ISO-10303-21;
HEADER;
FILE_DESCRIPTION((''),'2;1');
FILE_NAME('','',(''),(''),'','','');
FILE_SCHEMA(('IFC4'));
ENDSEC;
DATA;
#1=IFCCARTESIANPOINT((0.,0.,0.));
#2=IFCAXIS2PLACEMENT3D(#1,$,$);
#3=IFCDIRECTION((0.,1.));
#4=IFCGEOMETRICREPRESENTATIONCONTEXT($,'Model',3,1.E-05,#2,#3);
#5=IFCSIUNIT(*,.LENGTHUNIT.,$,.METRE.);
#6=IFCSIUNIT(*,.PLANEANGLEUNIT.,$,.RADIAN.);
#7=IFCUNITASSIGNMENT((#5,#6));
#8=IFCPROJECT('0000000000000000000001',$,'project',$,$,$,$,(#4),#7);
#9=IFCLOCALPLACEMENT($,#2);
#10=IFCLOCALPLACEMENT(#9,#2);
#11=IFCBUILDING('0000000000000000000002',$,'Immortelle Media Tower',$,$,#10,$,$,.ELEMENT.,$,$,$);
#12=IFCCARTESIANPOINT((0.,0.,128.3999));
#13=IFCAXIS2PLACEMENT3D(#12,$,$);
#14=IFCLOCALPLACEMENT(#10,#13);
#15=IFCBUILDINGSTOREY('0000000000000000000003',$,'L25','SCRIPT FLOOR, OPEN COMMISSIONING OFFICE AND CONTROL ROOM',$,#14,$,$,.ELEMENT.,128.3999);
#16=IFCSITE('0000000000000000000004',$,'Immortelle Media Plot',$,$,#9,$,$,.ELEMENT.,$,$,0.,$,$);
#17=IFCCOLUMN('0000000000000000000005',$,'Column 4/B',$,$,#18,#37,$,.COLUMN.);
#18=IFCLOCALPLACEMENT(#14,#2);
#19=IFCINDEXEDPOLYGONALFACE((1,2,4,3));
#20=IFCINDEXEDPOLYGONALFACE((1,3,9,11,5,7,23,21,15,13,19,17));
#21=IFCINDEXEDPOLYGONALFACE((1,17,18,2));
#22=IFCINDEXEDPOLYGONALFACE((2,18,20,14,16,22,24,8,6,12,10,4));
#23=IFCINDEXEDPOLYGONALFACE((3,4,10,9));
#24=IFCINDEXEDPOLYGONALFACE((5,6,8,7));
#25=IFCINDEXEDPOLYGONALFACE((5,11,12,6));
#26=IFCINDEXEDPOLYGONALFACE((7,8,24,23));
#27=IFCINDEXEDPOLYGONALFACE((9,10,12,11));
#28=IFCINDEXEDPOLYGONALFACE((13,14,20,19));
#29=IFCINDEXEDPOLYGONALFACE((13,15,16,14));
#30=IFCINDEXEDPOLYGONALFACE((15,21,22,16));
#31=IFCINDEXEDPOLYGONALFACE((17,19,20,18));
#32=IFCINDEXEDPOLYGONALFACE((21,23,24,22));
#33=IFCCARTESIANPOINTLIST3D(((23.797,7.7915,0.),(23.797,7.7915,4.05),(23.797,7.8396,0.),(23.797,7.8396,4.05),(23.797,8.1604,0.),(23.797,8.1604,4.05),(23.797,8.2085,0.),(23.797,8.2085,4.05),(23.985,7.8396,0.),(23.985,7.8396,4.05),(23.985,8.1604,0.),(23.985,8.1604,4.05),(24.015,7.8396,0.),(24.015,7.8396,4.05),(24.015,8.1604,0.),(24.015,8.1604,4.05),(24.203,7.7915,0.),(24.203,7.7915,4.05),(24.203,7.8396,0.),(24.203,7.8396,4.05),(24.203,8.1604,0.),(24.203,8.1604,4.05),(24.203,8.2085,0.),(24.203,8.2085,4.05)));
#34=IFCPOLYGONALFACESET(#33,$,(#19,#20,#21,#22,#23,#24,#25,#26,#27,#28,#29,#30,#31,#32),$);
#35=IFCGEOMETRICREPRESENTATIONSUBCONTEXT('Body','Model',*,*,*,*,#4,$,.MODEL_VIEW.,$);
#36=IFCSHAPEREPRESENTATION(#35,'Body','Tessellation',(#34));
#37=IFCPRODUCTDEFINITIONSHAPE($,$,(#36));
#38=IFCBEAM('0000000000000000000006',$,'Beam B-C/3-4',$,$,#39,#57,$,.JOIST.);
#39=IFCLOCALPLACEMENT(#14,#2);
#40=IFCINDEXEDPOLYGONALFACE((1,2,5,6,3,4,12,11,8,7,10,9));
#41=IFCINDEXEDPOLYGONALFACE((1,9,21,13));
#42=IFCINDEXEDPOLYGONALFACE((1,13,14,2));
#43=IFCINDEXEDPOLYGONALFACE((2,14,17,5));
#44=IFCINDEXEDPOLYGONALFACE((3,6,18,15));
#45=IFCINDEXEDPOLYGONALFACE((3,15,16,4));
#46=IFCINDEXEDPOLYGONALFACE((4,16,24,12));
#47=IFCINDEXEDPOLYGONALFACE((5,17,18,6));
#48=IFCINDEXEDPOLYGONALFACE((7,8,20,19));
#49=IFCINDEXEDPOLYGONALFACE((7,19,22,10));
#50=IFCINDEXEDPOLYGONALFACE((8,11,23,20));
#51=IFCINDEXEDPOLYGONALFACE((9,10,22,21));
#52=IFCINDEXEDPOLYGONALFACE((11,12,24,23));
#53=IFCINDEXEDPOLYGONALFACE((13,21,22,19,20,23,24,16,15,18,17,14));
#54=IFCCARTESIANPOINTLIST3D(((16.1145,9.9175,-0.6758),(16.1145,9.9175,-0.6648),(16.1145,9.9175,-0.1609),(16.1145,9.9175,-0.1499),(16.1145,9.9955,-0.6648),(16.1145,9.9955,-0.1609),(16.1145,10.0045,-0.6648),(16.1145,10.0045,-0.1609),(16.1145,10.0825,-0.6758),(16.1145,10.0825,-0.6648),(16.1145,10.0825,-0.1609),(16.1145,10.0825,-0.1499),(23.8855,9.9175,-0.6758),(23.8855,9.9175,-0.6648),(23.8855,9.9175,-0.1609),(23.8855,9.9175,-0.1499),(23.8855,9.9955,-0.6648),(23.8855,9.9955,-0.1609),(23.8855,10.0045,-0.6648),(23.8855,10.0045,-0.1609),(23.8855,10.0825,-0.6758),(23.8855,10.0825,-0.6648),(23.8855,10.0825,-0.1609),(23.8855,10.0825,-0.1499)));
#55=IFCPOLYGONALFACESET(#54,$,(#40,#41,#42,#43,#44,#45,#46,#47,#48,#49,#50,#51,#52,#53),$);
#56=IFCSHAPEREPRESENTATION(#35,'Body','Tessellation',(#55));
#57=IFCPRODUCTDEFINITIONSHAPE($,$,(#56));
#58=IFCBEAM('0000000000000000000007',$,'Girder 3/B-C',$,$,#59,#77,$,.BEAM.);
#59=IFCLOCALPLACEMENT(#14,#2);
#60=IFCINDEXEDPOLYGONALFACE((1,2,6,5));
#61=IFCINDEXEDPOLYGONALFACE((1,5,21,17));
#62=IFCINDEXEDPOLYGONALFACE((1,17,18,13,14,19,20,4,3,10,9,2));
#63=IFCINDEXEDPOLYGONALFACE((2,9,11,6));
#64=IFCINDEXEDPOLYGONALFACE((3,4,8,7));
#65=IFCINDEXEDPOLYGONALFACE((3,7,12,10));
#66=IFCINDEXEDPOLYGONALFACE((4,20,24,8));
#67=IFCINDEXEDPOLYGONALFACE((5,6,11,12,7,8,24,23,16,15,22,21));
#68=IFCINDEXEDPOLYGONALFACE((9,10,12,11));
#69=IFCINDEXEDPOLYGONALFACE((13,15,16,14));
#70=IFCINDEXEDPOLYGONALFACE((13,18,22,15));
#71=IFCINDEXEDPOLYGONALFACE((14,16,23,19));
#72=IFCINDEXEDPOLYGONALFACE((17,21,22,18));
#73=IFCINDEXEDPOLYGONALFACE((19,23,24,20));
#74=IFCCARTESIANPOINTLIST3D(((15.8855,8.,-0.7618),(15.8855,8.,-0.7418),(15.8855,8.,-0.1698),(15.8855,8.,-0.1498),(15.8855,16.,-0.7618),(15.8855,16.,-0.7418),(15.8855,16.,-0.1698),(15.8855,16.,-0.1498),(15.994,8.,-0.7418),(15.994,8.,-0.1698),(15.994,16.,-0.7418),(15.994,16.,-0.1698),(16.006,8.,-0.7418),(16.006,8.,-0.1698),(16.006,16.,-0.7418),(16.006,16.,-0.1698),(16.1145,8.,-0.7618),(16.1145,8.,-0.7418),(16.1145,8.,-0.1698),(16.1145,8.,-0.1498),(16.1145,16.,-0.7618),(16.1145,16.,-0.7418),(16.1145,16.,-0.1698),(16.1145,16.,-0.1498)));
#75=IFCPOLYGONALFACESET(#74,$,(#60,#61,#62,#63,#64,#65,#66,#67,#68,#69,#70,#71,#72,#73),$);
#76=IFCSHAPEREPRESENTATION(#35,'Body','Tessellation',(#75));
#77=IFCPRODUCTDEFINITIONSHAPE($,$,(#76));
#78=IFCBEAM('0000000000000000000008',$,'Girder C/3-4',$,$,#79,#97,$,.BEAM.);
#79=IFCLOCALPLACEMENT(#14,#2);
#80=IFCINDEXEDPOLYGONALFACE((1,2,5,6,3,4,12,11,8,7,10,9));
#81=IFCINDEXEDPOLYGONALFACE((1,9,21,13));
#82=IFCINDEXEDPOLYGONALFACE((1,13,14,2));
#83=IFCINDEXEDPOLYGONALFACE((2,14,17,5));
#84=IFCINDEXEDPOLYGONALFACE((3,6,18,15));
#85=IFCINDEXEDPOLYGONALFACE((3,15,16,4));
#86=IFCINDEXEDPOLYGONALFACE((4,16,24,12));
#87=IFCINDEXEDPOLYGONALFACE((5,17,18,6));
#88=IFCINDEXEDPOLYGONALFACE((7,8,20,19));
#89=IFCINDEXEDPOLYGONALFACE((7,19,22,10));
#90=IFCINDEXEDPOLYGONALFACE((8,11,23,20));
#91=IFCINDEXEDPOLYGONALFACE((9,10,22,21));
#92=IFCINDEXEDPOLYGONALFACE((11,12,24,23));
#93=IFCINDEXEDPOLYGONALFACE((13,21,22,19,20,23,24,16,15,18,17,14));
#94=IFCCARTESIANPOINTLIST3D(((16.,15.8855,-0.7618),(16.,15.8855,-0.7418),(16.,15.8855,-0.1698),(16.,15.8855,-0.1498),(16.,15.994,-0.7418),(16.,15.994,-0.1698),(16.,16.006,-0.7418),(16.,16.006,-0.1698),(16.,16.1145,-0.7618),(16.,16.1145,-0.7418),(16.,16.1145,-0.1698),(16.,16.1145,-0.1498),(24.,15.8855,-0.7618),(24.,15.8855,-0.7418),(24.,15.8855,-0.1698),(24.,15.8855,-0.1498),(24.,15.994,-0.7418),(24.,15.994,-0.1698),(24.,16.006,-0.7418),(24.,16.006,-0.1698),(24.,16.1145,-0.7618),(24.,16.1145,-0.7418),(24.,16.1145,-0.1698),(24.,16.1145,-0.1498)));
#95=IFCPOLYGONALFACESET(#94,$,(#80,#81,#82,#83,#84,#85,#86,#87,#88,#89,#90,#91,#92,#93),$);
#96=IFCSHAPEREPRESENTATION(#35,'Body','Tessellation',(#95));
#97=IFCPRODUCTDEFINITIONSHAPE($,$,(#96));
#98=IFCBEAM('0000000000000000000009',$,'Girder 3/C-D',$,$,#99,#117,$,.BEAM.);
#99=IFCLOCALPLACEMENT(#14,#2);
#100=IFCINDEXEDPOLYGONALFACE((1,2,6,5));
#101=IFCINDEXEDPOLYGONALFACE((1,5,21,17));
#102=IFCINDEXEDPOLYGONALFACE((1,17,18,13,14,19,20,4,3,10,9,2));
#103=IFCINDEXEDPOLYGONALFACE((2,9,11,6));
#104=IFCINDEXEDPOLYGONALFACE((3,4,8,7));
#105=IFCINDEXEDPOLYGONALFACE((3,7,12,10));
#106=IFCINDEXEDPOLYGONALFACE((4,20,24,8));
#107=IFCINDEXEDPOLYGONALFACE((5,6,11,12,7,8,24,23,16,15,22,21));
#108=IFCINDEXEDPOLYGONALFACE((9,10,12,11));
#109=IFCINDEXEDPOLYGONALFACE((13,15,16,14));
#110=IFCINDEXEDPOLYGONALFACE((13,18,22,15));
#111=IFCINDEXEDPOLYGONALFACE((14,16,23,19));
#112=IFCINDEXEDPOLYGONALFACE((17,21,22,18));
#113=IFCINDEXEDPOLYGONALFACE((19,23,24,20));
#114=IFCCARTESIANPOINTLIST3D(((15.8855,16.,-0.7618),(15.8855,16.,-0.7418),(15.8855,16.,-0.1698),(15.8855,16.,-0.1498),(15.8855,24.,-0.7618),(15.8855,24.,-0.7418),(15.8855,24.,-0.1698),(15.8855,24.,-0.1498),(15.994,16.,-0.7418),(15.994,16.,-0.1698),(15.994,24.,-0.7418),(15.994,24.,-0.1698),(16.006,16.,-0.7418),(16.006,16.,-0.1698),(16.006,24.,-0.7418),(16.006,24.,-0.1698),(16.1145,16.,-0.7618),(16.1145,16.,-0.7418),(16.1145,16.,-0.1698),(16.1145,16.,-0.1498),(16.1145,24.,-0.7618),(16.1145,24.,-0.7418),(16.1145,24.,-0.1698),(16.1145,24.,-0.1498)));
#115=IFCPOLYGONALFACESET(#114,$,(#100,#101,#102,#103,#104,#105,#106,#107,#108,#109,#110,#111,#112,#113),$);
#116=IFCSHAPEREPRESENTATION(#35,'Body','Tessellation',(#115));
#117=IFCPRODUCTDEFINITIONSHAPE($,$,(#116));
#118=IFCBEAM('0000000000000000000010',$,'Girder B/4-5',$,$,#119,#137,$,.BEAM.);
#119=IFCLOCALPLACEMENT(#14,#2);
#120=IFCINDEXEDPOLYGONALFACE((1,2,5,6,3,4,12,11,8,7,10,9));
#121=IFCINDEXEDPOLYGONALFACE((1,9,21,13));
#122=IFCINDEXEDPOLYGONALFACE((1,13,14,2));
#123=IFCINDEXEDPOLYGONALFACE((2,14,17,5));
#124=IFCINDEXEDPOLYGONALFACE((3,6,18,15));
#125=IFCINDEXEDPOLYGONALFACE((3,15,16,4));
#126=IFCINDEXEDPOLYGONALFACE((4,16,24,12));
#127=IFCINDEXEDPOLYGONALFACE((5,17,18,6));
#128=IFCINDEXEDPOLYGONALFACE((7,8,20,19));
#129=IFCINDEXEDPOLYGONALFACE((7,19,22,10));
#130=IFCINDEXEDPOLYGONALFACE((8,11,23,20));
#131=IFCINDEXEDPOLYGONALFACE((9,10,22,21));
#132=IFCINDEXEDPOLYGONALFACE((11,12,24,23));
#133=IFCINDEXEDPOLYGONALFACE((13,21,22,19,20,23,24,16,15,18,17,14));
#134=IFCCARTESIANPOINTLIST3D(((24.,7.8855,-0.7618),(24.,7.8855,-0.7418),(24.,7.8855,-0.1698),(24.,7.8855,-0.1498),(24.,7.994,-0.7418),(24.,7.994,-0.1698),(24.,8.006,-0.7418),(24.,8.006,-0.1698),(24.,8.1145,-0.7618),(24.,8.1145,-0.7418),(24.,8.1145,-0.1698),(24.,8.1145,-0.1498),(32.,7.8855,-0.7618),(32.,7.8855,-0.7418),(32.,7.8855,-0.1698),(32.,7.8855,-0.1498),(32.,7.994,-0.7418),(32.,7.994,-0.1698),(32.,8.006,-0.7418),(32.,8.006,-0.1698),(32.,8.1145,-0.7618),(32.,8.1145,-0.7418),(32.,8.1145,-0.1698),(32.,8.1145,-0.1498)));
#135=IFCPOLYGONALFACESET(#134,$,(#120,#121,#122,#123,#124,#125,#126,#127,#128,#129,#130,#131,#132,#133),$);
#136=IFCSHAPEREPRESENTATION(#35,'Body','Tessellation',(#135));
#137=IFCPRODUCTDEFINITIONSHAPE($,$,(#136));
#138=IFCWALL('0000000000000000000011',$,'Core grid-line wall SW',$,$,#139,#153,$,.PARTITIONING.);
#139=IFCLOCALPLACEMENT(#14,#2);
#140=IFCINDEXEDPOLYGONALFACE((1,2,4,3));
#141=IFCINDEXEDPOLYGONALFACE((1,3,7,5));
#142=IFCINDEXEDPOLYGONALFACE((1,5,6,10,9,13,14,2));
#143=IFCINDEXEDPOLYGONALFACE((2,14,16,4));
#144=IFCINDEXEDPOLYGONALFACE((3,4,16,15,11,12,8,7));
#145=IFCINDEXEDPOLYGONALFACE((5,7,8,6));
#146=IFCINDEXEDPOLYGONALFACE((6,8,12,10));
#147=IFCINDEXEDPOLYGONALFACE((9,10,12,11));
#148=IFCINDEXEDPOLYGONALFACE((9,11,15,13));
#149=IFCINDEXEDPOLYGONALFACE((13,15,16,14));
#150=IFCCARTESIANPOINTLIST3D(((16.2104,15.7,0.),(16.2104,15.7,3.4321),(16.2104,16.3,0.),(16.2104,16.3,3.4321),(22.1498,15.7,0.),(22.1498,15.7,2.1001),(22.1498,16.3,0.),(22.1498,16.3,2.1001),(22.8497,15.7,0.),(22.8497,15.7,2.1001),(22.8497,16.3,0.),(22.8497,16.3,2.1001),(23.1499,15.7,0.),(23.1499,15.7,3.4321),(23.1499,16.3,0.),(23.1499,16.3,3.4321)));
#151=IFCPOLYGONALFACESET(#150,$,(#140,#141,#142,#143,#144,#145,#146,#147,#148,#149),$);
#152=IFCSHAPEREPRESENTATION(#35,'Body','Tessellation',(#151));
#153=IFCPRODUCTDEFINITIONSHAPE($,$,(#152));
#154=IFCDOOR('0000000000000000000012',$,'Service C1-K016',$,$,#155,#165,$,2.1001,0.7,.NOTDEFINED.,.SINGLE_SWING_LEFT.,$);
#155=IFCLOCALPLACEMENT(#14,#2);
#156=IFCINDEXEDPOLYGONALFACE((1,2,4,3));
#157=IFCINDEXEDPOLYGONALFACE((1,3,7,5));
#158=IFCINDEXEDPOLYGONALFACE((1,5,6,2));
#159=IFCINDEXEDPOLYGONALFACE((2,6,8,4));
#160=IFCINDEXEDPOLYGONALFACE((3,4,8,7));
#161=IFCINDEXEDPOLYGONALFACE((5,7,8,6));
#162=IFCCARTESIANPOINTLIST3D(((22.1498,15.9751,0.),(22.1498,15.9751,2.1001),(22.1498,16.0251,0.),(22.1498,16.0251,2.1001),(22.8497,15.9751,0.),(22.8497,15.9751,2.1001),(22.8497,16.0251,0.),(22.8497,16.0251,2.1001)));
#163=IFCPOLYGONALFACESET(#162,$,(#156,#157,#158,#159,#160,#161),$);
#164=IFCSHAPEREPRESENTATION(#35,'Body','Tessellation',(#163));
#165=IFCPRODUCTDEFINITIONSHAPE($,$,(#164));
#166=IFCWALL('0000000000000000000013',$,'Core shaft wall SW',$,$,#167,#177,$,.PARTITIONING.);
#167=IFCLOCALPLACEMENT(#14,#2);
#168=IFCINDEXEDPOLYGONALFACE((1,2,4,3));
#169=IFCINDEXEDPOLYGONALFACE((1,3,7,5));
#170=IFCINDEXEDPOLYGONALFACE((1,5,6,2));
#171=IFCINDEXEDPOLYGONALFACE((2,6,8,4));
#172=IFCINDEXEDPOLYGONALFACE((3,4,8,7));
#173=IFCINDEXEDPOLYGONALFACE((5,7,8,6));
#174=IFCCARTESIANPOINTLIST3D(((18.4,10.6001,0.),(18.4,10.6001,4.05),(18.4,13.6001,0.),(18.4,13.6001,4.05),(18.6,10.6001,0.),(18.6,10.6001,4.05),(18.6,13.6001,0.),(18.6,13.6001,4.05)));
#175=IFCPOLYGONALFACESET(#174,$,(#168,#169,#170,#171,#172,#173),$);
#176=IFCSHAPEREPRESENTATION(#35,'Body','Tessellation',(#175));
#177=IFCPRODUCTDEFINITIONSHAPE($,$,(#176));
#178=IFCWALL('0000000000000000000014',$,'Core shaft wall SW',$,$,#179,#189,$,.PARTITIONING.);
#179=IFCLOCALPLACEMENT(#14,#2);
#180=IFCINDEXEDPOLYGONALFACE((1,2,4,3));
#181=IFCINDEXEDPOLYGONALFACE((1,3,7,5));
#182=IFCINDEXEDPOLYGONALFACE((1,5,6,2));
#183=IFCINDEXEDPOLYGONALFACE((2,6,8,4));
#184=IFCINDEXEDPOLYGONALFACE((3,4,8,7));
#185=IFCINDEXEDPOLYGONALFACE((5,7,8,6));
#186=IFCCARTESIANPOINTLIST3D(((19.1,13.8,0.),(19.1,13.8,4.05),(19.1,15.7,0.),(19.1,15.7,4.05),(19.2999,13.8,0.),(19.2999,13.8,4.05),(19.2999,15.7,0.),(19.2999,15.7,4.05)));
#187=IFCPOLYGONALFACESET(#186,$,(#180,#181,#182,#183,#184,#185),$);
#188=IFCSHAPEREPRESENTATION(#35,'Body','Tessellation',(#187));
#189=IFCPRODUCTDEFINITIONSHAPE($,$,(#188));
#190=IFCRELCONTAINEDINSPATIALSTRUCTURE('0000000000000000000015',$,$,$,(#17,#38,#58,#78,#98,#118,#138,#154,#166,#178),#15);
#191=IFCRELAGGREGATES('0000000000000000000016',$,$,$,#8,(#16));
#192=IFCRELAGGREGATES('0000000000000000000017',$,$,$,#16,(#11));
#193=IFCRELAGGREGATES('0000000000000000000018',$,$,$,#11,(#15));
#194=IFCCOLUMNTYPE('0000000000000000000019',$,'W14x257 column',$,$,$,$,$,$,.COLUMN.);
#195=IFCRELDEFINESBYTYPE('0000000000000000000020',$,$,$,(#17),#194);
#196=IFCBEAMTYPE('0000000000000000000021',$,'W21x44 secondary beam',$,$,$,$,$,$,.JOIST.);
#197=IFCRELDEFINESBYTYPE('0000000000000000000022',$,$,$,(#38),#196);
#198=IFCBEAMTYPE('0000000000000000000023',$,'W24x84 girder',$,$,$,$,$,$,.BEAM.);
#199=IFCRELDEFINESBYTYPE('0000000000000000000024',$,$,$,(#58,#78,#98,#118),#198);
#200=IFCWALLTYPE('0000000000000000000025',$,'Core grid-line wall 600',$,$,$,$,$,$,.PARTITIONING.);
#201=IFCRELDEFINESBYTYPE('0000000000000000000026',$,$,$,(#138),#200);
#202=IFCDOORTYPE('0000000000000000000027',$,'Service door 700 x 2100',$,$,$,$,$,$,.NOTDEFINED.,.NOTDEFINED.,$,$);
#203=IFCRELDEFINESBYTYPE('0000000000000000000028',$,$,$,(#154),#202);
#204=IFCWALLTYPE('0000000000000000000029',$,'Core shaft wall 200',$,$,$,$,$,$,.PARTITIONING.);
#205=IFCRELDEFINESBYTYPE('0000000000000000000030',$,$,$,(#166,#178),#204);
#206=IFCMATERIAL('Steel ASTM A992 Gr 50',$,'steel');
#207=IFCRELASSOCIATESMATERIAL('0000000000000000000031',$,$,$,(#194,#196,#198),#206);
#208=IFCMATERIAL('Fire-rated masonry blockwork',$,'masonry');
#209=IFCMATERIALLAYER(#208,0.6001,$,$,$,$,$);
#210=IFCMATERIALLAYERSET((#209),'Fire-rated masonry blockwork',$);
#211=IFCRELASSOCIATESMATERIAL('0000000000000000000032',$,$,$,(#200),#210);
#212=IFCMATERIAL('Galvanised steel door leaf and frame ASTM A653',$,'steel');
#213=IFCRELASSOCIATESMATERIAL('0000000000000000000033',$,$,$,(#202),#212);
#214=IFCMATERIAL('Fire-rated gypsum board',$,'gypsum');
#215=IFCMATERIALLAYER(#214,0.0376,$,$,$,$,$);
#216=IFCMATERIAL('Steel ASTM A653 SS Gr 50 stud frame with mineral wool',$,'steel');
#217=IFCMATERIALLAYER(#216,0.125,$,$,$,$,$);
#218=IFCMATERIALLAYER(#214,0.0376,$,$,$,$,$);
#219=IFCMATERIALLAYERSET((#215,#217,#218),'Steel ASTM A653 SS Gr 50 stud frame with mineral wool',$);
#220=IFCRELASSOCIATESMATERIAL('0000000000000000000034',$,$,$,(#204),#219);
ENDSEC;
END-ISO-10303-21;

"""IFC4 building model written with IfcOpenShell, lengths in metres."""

from ifc_helpers import new_model, si_unit, direction, frame, frame_2d, origin, origin_2d, place, context, subcontext, project, spatial, rectangle, i_section, extrude, material, layer, layer_set, material_profile, profile_set, type_object, element, fill, save


model = new_model("IFC4")

# Units and contexts
model_context = context("Model", 3, precision=1e-05, world=origin(), true_north=direction((0.0, 1.0)))
body_context = subcontext(model_context, "Body", "Model", "MODEL_VIEW")
ifc_project = project(units=[si_unit("LENGTHUNIT", "METRE"), si_unit("PLANEANGLEUNIT", "RADIAN")], contexts=[model_context])

# Site, building, storey
site_placement = place(None, origin())
site = spatial("IfcSite", under=ifc_project, at=site_placement, Name="Immortelle Media Plot", CompositionType="ELEMENT", RefElevation=0.0)
building_placement = place(site_placement, origin())
building = spatial("IfcBuilding", under=site, at=building_placement, Name="Immortelle Media Tower", CompositionType="ELEMENT")
storey_placement = place(building_placement, frame((0.0, 0.0, 128.3999)))
storey = spatial("IfcBuildingStorey", under=building, at=storey_placement, Name="L25", Description="SCRIPT FLOOR, OPEN COMMISSIONING OFFICE AND CONTROL ROOM", CompositionType="ELEMENT", Elevation=128.3999)

# Column
ifc_material_1 = material(Name="Steel ASTM A992 Gr 50", Category="steel")
ifc_material_profile_1 = material_profile(ifc_material_1, i_section(OverallWidth=0.406, OverallDepth=0.417, WebThickness=0.03, FlangeThickness=0.0481, at=origin_2d()), Name="W14x257")
ifc_profile_set_1 = profile_set([ifc_material_profile_1], Name="Steel ASTM A992 Gr 50")
column_type = type_object("IfcColumnType", Name="W14x257 column", PredefinedType="COLUMN", material=ifc_profile_set_1)
column_placement = place(storey_placement, frame((24.0, 8.0, 0.0), z_axis=(0.0, 0.0, 1.0), x_axis=(1.0, 0.0, 0.0)))
element("IfcColumn", 1, at=column_placement, inside=storey, type_object=column_type, Name="Column 4/B", PredefinedType="COLUMN", context=body_context, shape_type="SweptSolid", body=[
    extrude(i_section(OverallWidth=0.406, OverallDepth=0.417, WebThickness=0.03, FlangeThickness=0.0481, at=origin_2d()), origin(), (0.0, 0.0, 1.0), 4.05),
])

# Beams
ifc_material_profile_2 = material_profile(ifc_material_1, i_section(OverallWidth=0.165, OverallDepth=0.5259, WebThickness=0.009, FlangeThickness=0.011, at=origin_2d()), Name="W21x44")
ifc_profile_set_2 = profile_set([ifc_material_profile_2], Name="Steel ASTM A992 Gr 50")
beam_type_1 = type_object("IfcBeamType", Name="W21x44 secondary beam", PredefinedType="JOIST", material=ifc_profile_set_2)
beam_placement = place(storey_placement, frame((16.1145, 10.0, -0.4128), z_axis=(1.0, 0.0, 0.0), x_axis=(0.0, 1.0, 0.0)))
element("IfcBeam", 2, at=beam_placement, inside=storey, type_object=beam_type_1, Name="Beam B-C/3-4", PredefinedType="JOIST", context=body_context, shape_type="SweptSolid", body=[
    extrude(i_section(OverallWidth=0.165, OverallDepth=0.5259, WebThickness=0.009, FlangeThickness=0.011, at=origin_2d()), origin(), (0.0, 0.0, 1.0), 7.771),
])
ifc_material_profile_3 = material_profile(ifc_material_1, i_section(OverallWidth=0.229, OverallDepth=0.6121, WebThickness=0.012, FlangeThickness=0.02, at=origin_2d()), Name="W24x84")
ifc_profile_set_3 = profile_set([ifc_material_profile_3], Name="Steel ASTM A992 Gr 50")
beam_type_2 = type_object("IfcBeamType", Name="W24x84 girder", PredefinedType="BEAM", material=ifc_profile_set_3)
for number, where, z_axis, x_axis, name in (
    (3, (16.0, 8.0, -0.4558), (0.0, 1.0, 0.0), (-1.0, 0.0, 0.0), "Girder 3/B-C"),
    (4, (16.0, 16.0, -0.4558), (1.0, 0.0, 0.0), (0.0, 1.0, 0.0), "Girder C/3-4"),
    (5, (16.0, 16.0, -0.4558), (0.0, 1.0, 0.0), (-1.0, 0.0, 0.0), "Girder 3/C-D"),
    (6, (24.0, 8.0, -0.4558), (1.0, 0.0, 0.0), (0.0, 1.0, 0.0), "Girder B/4-5"),
):
    element("IfcBeam", number, at=place(storey_placement, frame(where, z_axis=z_axis, x_axis=x_axis)), inside=storey, type_object=beam_type_2, Name=name, PredefinedType="BEAM", context=body_context, shape_type="SweptSolid", body=[
        extrude(i_section(OverallWidth=0.229, OverallDepth=0.6121, WebThickness=0.012, FlangeThickness=0.02, at=origin_2d()), origin(), (0.0, 0.0, 1.0), 8.0),
    ])

# Wall, opening, door
ifc_material_2 = material(Name="Fire-rated masonry blockwork", Category="masonry")
ifc_layer_1 = layer(ifc_material_2, 0.6001)
ifc_layer_set_1 = layer_set([ifc_layer_1], Name="Fire-rated masonry blockwork")
wall_type_1 = type_object("IfcWallType", Name="Core grid-line wall 600", PredefinedType="PARTITIONING", material=ifc_layer_set_1)
wall_1_placement = place(storey_placement, frame((16.2104, 16.0, 0.0), z_axis=(0.0, 0.0, 1.0), x_axis=(1.0, 0.0, 0.0)))
wall_1 = element("IfcWall", 7, at=wall_1_placement, inside=storey, type_object=wall_type_1, Name="Core grid-line wall SW", PredefinedType="PARTITIONING", context=body_context, shape_type="SweptSolid", body=[
    extrude(rectangle(XDim=6.9395, YDim=0.6001, at=frame_2d((3.4697, 0.0))), origin(), (0.0, 0.0, 1.0), 3.4321),
])
opening_1_placement = place(wall_1_placement, frame((6.6394, 0.0, 0.0), z_axis=(0.0, 0.0, 1.0), x_axis=(-1.0, 0.0, 0.0)))
opening_1 = element("IfcOpeningElement", 8, at=opening_1_placement, cuts=wall_1, PredefinedType="OPENING", context=body_context, shape_type="SweptSolid", body=[
    extrude(rectangle(XDim=0.7, YDim=2.1001, at=frame_2d((0.3501, 1.05))), frame((0.0, 0.3101, 0.0), z_axis=(0.0, -1.0, 0.0), x_axis=(1.0, 0.0, 0.0)), (0.0, 0.0, 1.0), 0.6201),
])
ifc_material_3 = material(Name="Galvanised steel door leaf and frame ASTM A653", Category="steel")
door_type_1 = type_object("IfcDoorType", Name="Service door 700 x 2100", OperationType="NOTDEFINED", PredefinedType="NOTDEFINED", material=ifc_material_3)
door_1_placement = place(opening_1_placement, origin())
door_1 = element("IfcDoor", 9, at=door_1_placement, inside=storey, type_object=door_type_1, Name="Service C1-K016", OperationType="SINGLE_SWING_LEFT", OverallHeight=2.1001, OverallWidth=0.7, PredefinedType="NOTDEFINED", context=body_context, shape_type="SweptSolid", body=[
    extrude(rectangle(XDim=0.7, YDim=2.1001, at=frame_2d((0.3501, 1.05))), frame((0.0, 0.0249, 0.0), z_axis=(0.0, -1.0, 0.0), x_axis=(1.0, 0.0, 0.0)), (0.0, 0.0, 1.0), 0.05),
])
fill(opening_1, door_1)

# Walls
ifc_material_4 = material(Name="Fire-rated gypsum board", Category="gypsum")
ifc_layer_2 = layer(ifc_material_4, 0.0376)
ifc_material_5 = material(Name="Steel ASTM A653 SS Gr 50 stud frame with mineral wool", Category="steel")
ifc_layer_3 = layer(ifc_material_5, 0.125)
ifc_layer_4 = layer(ifc_material_4, 0.0376)
ifc_layer_set_2 = layer_set([ifc_layer_2, ifc_layer_3, ifc_layer_4], Name="Steel ASTM A653 SS Gr 50 stud frame with mineral wool")
wall_type_2 = type_object("IfcWallType", Name="Core shaft wall 200", PredefinedType="PARTITIONING", material=ifc_layer_set_2)
wall_2_placement = place(storey_placement, frame((18.5, 10.6001, 0.0), z_axis=(0.0, 0.0, 1.0), x_axis=(0.0, 1.0, 0.0)))
element("IfcWall", 10, at=wall_2_placement, inside=storey, type_object=wall_type_2, Name="Core shaft wall SW", PredefinedType="PARTITIONING", context=body_context, shape_type="SweptSolid", body=[
    extrude(rectangle(XDim=3.0, YDim=0.2, at=frame_2d((1.5, 0.0))), origin(), (0.0, 0.0, 1.0), 4.05),
])
wall_3_placement = place(storey_placement, frame((19.2, 13.8, 0.0), z_axis=(0.0, 0.0, 1.0), x_axis=(0.0, 1.0, 0.0)))
element("IfcWall", 11, at=wall_3_placement, inside=storey, type_object=wall_type_2, Name="Core shaft wall SW", PredefinedType="PARTITIONING", context=body_context, shape_type="SweptSolid", body=[
    extrude(rectangle(XDim=1.8999, YDim=0.2, at=frame_2d((0.95, 0.0))), origin(), (0.0, 0.0, 1.0), 4.05),
])

save(model, "model.ifc")
